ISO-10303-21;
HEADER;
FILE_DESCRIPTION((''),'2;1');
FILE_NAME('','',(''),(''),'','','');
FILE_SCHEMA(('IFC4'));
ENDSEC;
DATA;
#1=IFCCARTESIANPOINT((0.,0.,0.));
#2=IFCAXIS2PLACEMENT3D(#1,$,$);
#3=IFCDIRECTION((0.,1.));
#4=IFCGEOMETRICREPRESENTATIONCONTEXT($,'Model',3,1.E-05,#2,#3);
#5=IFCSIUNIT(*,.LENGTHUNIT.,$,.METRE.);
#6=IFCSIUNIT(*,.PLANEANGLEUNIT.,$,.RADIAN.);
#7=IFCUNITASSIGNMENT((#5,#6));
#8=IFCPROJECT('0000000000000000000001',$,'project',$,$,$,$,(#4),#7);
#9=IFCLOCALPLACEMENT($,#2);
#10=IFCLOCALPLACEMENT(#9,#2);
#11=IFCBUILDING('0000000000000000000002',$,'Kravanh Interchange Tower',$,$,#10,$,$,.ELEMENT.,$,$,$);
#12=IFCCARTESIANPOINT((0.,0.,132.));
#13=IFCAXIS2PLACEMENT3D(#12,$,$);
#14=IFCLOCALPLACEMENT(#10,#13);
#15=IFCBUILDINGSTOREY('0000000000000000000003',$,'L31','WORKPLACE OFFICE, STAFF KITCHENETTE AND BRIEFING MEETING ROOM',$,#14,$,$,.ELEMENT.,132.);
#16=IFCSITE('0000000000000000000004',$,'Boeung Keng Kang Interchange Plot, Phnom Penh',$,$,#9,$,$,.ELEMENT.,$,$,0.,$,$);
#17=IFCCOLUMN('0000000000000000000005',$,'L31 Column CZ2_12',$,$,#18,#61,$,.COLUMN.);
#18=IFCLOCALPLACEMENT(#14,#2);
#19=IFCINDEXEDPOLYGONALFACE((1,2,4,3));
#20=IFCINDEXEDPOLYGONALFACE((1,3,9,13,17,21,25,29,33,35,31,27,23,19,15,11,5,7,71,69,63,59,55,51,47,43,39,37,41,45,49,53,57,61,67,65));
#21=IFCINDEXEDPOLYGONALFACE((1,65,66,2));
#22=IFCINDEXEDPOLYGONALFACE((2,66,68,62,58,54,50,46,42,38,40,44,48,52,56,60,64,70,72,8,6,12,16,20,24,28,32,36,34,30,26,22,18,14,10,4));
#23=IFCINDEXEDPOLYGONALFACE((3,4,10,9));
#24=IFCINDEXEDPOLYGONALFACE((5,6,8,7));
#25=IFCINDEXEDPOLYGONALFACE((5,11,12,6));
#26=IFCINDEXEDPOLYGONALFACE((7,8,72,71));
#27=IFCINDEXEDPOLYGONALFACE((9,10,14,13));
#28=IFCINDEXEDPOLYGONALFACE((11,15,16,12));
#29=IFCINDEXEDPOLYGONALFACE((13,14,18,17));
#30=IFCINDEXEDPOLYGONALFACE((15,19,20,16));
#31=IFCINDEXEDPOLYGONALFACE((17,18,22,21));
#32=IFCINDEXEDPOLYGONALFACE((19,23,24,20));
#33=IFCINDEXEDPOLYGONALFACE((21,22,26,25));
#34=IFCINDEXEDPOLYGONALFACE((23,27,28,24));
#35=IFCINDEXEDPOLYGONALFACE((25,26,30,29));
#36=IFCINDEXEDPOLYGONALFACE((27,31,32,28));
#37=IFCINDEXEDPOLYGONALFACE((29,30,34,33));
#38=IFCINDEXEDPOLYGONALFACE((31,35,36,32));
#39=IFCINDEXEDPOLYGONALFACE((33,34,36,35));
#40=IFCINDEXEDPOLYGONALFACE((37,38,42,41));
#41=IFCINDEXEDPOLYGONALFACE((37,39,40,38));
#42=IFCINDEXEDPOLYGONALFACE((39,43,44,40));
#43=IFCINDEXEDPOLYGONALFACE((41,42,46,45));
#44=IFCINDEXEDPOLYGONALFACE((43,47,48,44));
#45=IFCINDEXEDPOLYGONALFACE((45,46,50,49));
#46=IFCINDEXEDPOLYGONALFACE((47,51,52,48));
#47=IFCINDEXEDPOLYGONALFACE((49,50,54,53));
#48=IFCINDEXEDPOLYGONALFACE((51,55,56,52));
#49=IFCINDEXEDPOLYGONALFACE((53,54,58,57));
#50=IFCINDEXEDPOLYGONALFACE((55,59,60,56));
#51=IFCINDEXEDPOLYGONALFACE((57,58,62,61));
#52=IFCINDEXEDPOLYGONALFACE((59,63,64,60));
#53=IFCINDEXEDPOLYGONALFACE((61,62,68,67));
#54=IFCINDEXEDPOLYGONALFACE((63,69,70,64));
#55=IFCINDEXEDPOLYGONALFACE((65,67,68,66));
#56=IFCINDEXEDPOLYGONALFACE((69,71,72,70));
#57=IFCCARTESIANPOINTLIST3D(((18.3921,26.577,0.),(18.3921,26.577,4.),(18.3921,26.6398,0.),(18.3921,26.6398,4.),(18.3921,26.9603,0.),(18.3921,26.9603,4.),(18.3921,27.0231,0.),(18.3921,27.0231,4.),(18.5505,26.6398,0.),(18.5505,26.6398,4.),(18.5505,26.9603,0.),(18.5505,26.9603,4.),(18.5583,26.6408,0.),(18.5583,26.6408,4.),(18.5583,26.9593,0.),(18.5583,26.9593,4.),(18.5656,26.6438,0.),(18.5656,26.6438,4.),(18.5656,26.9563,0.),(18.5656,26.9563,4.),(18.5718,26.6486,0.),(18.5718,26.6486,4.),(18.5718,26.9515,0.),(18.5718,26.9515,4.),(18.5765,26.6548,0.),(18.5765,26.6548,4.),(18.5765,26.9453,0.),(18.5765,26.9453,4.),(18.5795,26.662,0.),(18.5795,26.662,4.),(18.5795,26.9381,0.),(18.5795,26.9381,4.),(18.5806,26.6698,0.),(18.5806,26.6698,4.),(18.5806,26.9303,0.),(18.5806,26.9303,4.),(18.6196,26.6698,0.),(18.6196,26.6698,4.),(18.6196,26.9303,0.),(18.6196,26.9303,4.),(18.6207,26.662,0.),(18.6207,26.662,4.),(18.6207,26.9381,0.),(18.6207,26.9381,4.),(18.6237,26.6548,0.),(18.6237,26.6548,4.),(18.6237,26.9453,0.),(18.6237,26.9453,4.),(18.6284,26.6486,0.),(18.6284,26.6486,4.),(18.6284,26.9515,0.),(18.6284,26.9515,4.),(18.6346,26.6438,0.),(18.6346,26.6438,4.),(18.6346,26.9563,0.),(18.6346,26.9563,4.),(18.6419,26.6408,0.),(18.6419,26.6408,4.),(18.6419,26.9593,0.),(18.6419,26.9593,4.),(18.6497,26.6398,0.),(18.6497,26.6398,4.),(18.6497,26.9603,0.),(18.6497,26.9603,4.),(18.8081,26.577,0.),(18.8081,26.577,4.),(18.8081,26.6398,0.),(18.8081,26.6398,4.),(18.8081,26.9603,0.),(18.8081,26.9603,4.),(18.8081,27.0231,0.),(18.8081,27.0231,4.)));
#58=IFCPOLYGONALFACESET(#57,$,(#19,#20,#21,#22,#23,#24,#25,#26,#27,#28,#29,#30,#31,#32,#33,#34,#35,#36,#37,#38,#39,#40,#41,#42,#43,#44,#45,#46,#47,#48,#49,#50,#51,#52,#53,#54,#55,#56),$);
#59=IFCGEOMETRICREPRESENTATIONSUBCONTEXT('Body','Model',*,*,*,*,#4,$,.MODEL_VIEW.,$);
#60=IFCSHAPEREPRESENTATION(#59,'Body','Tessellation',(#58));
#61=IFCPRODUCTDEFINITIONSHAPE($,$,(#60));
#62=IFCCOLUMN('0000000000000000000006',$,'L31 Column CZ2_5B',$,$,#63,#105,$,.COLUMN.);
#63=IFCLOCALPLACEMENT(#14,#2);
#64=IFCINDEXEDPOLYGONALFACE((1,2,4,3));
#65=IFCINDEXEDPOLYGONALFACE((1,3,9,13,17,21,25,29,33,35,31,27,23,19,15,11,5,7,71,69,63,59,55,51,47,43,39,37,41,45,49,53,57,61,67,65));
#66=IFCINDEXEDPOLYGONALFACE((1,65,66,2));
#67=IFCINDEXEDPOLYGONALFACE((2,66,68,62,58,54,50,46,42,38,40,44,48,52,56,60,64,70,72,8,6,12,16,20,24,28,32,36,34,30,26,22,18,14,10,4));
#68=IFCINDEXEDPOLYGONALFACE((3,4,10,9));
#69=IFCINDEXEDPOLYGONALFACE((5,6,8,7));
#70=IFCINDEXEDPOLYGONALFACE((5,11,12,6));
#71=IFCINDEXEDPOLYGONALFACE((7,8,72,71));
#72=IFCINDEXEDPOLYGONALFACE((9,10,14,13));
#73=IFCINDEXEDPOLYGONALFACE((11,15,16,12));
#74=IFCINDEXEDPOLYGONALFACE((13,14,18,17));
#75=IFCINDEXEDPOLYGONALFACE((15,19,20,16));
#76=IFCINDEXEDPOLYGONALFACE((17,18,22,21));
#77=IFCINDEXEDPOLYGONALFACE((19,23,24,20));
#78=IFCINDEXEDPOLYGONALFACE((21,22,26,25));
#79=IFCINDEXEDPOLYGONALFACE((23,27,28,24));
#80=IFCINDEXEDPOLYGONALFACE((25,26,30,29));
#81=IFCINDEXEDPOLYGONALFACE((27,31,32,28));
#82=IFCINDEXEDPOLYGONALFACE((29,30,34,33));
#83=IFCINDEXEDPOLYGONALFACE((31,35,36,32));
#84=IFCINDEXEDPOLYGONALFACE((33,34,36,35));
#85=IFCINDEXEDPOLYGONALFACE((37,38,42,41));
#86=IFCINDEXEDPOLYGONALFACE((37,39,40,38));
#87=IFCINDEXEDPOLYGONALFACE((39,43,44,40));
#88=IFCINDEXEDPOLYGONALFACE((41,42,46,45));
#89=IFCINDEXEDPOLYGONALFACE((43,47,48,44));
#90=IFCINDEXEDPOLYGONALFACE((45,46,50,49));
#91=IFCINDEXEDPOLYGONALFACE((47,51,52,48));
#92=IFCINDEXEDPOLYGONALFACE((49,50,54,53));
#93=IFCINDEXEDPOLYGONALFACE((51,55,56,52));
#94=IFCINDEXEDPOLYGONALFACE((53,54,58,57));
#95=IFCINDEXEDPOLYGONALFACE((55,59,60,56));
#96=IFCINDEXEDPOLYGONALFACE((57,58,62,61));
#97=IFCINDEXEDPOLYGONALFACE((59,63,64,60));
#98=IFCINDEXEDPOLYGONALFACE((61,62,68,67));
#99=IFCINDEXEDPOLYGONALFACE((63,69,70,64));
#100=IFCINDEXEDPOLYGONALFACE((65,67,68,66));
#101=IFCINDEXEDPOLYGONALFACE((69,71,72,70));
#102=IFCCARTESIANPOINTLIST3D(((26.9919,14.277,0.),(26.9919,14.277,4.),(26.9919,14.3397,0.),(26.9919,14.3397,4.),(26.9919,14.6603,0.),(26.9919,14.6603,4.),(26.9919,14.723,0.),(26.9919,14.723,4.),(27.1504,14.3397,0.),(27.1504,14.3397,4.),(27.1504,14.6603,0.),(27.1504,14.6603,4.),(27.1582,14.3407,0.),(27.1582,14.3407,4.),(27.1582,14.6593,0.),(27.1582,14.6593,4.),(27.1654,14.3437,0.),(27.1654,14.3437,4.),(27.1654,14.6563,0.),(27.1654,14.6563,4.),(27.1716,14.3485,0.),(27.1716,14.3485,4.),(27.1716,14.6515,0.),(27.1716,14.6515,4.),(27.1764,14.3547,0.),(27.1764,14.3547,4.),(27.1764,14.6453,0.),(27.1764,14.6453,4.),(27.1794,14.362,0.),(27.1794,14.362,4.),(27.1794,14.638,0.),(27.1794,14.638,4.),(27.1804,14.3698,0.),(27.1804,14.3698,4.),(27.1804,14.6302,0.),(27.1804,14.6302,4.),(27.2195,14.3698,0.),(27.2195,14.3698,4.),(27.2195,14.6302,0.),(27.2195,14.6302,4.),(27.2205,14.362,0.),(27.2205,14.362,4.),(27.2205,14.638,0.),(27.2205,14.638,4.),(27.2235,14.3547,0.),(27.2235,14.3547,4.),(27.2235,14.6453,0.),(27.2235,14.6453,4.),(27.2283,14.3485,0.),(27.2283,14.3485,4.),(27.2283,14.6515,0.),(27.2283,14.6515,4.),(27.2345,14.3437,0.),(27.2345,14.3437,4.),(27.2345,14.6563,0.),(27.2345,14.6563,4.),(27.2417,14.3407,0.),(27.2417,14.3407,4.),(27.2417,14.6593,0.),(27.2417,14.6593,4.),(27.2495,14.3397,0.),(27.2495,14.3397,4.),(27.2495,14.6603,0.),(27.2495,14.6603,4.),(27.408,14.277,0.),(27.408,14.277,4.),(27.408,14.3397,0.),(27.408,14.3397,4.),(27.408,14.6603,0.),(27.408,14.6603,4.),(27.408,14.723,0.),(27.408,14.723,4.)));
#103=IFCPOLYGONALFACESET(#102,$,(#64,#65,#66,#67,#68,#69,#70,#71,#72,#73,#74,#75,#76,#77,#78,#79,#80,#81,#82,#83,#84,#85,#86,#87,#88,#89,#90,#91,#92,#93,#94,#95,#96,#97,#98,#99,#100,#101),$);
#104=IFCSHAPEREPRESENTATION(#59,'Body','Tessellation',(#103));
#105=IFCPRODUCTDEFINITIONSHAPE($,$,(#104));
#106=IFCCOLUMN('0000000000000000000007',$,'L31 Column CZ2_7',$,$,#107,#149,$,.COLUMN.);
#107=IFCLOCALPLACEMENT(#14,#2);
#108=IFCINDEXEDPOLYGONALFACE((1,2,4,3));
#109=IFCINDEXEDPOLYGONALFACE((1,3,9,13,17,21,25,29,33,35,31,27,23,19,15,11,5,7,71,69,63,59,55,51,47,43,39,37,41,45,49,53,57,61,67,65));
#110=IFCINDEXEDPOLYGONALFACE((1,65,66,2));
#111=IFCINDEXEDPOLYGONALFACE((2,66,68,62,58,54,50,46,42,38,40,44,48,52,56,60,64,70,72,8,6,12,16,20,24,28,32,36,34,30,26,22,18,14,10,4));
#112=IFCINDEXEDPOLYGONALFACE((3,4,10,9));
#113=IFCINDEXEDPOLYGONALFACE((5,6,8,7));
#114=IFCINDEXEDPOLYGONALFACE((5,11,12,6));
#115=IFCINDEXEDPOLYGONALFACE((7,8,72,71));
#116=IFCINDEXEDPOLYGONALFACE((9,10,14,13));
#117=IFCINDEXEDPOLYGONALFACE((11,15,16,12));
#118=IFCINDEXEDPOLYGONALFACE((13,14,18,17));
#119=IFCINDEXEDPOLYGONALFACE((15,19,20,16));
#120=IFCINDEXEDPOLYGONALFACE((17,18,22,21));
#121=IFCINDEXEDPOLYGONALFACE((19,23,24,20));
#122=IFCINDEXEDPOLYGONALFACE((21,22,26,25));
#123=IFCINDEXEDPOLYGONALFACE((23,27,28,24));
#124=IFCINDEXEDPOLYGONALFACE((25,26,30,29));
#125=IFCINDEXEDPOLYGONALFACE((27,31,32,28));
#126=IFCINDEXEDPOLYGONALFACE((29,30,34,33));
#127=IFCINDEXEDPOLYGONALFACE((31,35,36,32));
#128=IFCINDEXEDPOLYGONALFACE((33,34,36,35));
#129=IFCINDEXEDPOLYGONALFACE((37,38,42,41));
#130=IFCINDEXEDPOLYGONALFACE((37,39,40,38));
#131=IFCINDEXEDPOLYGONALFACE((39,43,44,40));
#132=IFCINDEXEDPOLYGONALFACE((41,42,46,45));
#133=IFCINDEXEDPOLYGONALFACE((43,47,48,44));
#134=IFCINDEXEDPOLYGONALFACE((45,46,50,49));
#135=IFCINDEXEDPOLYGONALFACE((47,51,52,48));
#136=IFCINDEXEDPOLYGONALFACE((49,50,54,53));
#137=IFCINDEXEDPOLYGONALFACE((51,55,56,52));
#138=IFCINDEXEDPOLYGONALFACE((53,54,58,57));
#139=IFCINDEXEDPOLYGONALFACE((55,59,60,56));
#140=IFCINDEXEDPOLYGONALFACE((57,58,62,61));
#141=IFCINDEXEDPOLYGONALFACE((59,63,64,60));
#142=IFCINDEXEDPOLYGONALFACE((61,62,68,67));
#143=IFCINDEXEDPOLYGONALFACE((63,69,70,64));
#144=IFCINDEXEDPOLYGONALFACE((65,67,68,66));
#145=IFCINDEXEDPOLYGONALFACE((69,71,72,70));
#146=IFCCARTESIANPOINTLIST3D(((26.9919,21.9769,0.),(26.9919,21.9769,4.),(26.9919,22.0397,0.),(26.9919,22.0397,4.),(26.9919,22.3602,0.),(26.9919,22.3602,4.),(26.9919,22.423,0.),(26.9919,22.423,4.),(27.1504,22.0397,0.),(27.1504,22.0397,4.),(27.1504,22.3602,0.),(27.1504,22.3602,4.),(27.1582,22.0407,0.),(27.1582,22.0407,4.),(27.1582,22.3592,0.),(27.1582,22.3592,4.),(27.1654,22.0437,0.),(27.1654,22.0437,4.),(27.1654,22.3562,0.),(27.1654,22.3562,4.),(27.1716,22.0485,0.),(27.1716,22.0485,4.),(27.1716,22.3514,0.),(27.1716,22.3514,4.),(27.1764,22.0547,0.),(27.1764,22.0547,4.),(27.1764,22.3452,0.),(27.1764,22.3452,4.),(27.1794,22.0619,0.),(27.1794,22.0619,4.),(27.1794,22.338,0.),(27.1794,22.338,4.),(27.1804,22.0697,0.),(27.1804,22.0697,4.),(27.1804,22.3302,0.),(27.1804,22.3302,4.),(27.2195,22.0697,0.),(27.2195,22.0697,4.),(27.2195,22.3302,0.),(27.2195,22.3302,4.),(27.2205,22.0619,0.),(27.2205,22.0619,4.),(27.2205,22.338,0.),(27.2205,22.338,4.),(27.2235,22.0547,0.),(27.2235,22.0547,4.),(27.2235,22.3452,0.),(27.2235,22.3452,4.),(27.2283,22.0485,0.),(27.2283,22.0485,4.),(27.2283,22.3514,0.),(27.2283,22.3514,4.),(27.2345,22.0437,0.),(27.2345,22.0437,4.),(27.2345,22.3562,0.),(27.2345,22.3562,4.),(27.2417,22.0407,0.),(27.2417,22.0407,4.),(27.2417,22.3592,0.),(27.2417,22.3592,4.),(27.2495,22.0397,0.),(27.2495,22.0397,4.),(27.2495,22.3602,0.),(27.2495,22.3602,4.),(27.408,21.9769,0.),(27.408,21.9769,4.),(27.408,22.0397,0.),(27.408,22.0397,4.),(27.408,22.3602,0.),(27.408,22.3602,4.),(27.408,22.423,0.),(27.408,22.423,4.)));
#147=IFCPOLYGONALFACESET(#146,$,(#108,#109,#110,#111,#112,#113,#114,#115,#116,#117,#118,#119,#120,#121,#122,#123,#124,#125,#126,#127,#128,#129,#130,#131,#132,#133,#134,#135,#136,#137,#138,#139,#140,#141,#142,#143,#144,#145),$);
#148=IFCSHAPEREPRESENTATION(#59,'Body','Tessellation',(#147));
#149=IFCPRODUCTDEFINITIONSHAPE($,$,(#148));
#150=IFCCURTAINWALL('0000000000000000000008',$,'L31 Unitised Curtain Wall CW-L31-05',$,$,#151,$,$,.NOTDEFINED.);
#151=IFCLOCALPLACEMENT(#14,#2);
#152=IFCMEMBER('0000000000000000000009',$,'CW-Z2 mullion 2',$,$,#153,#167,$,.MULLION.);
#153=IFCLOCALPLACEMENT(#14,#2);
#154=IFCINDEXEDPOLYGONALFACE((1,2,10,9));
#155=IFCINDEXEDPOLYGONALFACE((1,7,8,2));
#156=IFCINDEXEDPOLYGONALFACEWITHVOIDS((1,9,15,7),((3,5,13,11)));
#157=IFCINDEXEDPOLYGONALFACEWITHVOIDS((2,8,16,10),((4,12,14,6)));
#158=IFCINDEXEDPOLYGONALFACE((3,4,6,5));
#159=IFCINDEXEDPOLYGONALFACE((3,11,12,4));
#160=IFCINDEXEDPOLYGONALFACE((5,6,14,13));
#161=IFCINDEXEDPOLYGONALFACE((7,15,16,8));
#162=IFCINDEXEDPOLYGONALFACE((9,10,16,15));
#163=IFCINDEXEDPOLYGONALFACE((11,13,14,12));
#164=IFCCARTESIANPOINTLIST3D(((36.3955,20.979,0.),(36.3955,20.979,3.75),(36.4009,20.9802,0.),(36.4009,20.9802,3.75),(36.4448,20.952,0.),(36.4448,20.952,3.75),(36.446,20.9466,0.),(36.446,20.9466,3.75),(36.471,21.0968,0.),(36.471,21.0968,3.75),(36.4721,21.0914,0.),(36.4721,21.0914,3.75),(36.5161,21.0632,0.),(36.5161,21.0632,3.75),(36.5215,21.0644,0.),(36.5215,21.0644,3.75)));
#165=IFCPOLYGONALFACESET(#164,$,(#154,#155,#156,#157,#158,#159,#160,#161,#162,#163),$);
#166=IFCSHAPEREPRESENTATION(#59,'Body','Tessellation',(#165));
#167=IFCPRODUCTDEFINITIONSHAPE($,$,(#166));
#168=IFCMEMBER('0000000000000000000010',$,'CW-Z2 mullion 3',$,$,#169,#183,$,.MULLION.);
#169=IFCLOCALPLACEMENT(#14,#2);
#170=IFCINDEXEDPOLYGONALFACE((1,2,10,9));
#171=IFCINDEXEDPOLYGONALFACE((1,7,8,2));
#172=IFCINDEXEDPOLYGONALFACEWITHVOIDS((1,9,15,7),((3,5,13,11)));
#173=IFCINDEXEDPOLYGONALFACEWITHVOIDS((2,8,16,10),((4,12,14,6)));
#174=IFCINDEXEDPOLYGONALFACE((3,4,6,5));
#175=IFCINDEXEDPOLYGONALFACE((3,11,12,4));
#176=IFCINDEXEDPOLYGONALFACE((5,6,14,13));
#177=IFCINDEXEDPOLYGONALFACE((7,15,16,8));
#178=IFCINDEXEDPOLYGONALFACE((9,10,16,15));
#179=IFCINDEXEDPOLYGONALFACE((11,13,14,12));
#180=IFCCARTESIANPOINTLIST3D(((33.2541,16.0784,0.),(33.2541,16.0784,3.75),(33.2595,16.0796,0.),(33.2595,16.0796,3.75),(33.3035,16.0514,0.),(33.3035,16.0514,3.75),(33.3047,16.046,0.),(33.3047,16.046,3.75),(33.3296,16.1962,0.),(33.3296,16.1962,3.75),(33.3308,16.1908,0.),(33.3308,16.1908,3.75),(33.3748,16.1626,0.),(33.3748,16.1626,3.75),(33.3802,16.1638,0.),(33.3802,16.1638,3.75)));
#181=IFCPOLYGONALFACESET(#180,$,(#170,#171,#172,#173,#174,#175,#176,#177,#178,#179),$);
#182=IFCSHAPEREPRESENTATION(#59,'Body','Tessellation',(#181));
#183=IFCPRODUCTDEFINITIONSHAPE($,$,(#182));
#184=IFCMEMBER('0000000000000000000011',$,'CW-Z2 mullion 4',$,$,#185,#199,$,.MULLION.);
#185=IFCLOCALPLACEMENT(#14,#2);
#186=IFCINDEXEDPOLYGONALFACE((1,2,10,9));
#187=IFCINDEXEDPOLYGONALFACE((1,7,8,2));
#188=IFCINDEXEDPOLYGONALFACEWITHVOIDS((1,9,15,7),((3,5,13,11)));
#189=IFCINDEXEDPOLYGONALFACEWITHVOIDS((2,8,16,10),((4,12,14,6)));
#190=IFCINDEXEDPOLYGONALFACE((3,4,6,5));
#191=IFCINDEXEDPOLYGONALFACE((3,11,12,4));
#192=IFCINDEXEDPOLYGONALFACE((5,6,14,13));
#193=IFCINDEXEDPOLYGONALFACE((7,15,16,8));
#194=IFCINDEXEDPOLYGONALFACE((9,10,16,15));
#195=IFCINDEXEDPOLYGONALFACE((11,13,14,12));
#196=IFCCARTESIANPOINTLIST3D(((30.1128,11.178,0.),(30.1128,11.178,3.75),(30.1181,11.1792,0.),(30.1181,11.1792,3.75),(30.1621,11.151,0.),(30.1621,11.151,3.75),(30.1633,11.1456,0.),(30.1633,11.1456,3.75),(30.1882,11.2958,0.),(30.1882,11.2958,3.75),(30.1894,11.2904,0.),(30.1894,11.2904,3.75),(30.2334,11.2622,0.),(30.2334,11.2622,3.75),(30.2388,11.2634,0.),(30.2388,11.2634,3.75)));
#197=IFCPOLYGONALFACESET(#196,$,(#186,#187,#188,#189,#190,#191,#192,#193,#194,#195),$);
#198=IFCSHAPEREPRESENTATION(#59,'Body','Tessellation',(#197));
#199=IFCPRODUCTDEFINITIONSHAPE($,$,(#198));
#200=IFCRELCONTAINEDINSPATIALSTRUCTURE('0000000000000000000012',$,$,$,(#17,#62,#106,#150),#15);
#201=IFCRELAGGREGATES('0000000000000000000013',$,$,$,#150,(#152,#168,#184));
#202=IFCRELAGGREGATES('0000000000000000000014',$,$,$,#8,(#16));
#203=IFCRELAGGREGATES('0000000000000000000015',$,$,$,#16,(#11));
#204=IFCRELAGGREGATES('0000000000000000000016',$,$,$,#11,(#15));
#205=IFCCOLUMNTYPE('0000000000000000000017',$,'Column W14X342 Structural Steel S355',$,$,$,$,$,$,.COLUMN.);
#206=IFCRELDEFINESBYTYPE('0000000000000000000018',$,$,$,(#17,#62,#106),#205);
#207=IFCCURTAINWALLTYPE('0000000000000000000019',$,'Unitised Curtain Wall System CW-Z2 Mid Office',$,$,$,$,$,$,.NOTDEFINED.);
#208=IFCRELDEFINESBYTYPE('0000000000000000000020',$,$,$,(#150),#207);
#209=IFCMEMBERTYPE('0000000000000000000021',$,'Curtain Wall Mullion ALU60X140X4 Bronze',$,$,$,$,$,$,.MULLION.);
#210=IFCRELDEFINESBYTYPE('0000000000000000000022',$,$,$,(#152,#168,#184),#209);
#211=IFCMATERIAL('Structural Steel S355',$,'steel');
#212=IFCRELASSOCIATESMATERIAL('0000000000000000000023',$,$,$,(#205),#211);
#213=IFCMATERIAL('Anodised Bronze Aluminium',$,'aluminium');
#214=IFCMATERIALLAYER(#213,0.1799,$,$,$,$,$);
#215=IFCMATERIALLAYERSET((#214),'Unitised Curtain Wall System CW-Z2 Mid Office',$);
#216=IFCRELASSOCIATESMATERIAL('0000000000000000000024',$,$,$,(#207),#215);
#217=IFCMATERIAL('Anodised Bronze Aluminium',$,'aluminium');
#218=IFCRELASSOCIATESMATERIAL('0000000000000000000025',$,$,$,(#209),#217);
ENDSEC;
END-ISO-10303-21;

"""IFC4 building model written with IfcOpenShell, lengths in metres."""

from ifc_helpers import new_model, si_unit, direction, frame, origin, origin_2d, place, context, subcontext, project, spatial, hollow_rectangle, i_section, extrude, material, layer, layer_set, material_profile, profile_set, type_object, element, aggregate, save


model = new_model("IFC4")

# Units and contexts
model_context = context("Model", 3, precision=1e-05, world=origin(), true_north=direction((0.0, 1.0)))
body_context = subcontext(model_context, "Body", "Model", "MODEL_VIEW")
ifc_project = project(units=[si_unit("LENGTHUNIT", "METRE"), si_unit("PLANEANGLEUNIT", "RADIAN")], contexts=[model_context])

# Site, building, storey
site_placement = place(None, origin())
site = spatial("IfcSite", under=ifc_project, at=site_placement, Name="Boeung Keng Kang Interchange Plot, Phnom Penh", CompositionType="ELEMENT", RefElevation=0.0)
building_placement = place(site_placement, origin())
building = spatial("IfcBuilding", under=site, at=building_placement, Name="Kravanh Interchange Tower", CompositionType="ELEMENT")
storey_placement = place(building_placement, frame((0.0, 0.0, 132.0)))
storey = spatial("IfcBuildingStorey", under=building, at=storey_placement, Name="L31", Description="WORKPLACE OFFICE, STAFF KITCHENETTE AND BRIEFING MEETING ROOM", CompositionType="ELEMENT", Elevation=132.0)

# Columns
ifc_material_1 = material(Name="Structural Steel S355", Category="steel")
ifc_material_profile_1 = material_profile(ifc_material_1, i_section(OverallWidth=0.416, OverallDepth=0.446, WebThickness=0.0391, FlangeThickness=0.0627, FilletRadius=0.03, at=origin_2d()), Name="W14X342")
ifc_profile_set_1 = profile_set([ifc_material_profile_1], Name="Structural Steel S355")
column_type = type_object("IfcColumnType", Name="Column W14X342 Structural Steel S355", PredefinedType="COLUMN", material=ifc_profile_set_1)
for number, where, z_axis, x_axis, name in (
    (1, (18.6001, 26.8, 0.0), (0.0, 0.0, 1.0), (1.0, 0.0, 0.0), "L31 Column CZ2_12"),
    (2, (27.2, 14.5, 0.0), (0.0, 0.0, 1.0), (1.0, 0.0, 0.0), "L31 Column CZ2_5B"),
    (3, (27.2, 22.2, 0.0), (0.0, 0.0, 1.0), (1.0, 0.0, 0.0), "L31 Column CZ2_7"),
):
    element("IfcColumn", number, at=place(storey_placement, frame(where, z_axis=z_axis, x_axis=x_axis)), inside=storey, type_object=column_type, Name=name, PredefinedType="COLUMN", context=body_context, shape_type="SweptSolid", body=[
        extrude(i_section(OverallWidth=0.416, OverallDepth=0.446, WebThickness=0.0391, FlangeThickness=0.0627, FilletRadius=0.03, at=origin_2d()), origin(), (0.0, 0.0, 1.0), 4.0),
    ])

# Curtain wall, members
ifc_material_2 = material(Name="Anodised Bronze Aluminium", Category="aluminium")
ifc_layer_1 = layer(ifc_material_2, 0.1799)
ifc_layer_set_1 = layer_set([ifc_layer_1], Name="Unitised Curtain Wall System CW-Z2 Mid Office")
curtain_wall_type = type_object("IfcCurtainWallType", Name="Unitised Curtain Wall System CW-Z2 Mid Office", PredefinedType="NOTDEFINED", material=ifc_layer_set_1)
curtain_wall_placement = place(storey_placement, origin())
curtain_wall = element("IfcCurtainWall", 4, at=curtain_wall_placement, inside=storey, type_object=curtain_wall_type, Name="L31 Unitised Curtain Wall CW-L31-05", PredefinedType="NOTDEFINED")
ifc_material_3 = material(Name="Anodised Bronze Aluminium", Category="aluminium")
ifc_material_profile_2 = material_profile(ifc_material_3, hollow_rectangle(XDim=0.0601, YDim=0.1399, WallThickness=0.0039, at=origin_2d()), Name="ALU60X140X4")
ifc_profile_set_2 = profile_set([ifc_material_profile_2], Name="Anodised Bronze Aluminium")
member_type_1 = type_object("IfcMemberType", Name="Curtain Wall Mullion ALU60X140X4 Bronze", PredefinedType="MULLION", material=ifc_profile_set_2)
member_1_placement = place(storey_placement, frame((36.4585, 21.0217, 0.0), z_axis=(0.0, 0.0, 1.0), x_axis=(0.84188, -0.539665, 0.0)))
member_1 = element("IfcMember", 5, at=member_1_placement, type_object=member_type_1, Name="CW-Z2 mullion 2", PredefinedType="MULLION", context=body_context, shape_type="SweptSolid", body=[
    extrude(hollow_rectangle(XDim=0.0601, YDim=0.1399, WallThickness=0.0039, at=origin_2d()), origin(), (0.0, 0.0, 1.0), 3.75),
])
member_2_placement = place(storey_placement, frame((33.3171, 16.1211, 0.0), z_axis=(0.0, 0.0, 1.0), x_axis=(0.84188, -0.539665, 0.0)))
member_2 = element("IfcMember", 6, at=member_2_placement, type_object=member_type_1, Name="CW-Z2 mullion 3", PredefinedType="MULLION", context=body_context, shape_type="SweptSolid", body=[
    extrude(hollow_rectangle(XDim=0.0601, YDim=0.1399, WallThickness=0.0039, at=origin_2d()), origin(), (0.0, 0.0, 1.0), 3.75),
])
member_3_placement = place(storey_placement, frame((30.1758, 11.2207, 0.0), z_axis=(0.0, 0.0, 1.0), x_axis=(0.84188, -0.539665, 0.0)))
member_3 = element("IfcMember", 7, at=member_3_placement, type_object=member_type_1, Name="CW-Z2 mullion 4", PredefinedType="MULLION", context=body_context, shape_type="SweptSolid", body=[
    extrude(hollow_rectangle(XDim=0.0601, YDim=0.1399, WallThickness=0.0039, at=origin_2d()), origin(), (0.0, 0.0, 1.0), 3.75),
])

aggregate(curtain_wall, [member_1, member_2, member_3])

save(model, "model.ifc")
